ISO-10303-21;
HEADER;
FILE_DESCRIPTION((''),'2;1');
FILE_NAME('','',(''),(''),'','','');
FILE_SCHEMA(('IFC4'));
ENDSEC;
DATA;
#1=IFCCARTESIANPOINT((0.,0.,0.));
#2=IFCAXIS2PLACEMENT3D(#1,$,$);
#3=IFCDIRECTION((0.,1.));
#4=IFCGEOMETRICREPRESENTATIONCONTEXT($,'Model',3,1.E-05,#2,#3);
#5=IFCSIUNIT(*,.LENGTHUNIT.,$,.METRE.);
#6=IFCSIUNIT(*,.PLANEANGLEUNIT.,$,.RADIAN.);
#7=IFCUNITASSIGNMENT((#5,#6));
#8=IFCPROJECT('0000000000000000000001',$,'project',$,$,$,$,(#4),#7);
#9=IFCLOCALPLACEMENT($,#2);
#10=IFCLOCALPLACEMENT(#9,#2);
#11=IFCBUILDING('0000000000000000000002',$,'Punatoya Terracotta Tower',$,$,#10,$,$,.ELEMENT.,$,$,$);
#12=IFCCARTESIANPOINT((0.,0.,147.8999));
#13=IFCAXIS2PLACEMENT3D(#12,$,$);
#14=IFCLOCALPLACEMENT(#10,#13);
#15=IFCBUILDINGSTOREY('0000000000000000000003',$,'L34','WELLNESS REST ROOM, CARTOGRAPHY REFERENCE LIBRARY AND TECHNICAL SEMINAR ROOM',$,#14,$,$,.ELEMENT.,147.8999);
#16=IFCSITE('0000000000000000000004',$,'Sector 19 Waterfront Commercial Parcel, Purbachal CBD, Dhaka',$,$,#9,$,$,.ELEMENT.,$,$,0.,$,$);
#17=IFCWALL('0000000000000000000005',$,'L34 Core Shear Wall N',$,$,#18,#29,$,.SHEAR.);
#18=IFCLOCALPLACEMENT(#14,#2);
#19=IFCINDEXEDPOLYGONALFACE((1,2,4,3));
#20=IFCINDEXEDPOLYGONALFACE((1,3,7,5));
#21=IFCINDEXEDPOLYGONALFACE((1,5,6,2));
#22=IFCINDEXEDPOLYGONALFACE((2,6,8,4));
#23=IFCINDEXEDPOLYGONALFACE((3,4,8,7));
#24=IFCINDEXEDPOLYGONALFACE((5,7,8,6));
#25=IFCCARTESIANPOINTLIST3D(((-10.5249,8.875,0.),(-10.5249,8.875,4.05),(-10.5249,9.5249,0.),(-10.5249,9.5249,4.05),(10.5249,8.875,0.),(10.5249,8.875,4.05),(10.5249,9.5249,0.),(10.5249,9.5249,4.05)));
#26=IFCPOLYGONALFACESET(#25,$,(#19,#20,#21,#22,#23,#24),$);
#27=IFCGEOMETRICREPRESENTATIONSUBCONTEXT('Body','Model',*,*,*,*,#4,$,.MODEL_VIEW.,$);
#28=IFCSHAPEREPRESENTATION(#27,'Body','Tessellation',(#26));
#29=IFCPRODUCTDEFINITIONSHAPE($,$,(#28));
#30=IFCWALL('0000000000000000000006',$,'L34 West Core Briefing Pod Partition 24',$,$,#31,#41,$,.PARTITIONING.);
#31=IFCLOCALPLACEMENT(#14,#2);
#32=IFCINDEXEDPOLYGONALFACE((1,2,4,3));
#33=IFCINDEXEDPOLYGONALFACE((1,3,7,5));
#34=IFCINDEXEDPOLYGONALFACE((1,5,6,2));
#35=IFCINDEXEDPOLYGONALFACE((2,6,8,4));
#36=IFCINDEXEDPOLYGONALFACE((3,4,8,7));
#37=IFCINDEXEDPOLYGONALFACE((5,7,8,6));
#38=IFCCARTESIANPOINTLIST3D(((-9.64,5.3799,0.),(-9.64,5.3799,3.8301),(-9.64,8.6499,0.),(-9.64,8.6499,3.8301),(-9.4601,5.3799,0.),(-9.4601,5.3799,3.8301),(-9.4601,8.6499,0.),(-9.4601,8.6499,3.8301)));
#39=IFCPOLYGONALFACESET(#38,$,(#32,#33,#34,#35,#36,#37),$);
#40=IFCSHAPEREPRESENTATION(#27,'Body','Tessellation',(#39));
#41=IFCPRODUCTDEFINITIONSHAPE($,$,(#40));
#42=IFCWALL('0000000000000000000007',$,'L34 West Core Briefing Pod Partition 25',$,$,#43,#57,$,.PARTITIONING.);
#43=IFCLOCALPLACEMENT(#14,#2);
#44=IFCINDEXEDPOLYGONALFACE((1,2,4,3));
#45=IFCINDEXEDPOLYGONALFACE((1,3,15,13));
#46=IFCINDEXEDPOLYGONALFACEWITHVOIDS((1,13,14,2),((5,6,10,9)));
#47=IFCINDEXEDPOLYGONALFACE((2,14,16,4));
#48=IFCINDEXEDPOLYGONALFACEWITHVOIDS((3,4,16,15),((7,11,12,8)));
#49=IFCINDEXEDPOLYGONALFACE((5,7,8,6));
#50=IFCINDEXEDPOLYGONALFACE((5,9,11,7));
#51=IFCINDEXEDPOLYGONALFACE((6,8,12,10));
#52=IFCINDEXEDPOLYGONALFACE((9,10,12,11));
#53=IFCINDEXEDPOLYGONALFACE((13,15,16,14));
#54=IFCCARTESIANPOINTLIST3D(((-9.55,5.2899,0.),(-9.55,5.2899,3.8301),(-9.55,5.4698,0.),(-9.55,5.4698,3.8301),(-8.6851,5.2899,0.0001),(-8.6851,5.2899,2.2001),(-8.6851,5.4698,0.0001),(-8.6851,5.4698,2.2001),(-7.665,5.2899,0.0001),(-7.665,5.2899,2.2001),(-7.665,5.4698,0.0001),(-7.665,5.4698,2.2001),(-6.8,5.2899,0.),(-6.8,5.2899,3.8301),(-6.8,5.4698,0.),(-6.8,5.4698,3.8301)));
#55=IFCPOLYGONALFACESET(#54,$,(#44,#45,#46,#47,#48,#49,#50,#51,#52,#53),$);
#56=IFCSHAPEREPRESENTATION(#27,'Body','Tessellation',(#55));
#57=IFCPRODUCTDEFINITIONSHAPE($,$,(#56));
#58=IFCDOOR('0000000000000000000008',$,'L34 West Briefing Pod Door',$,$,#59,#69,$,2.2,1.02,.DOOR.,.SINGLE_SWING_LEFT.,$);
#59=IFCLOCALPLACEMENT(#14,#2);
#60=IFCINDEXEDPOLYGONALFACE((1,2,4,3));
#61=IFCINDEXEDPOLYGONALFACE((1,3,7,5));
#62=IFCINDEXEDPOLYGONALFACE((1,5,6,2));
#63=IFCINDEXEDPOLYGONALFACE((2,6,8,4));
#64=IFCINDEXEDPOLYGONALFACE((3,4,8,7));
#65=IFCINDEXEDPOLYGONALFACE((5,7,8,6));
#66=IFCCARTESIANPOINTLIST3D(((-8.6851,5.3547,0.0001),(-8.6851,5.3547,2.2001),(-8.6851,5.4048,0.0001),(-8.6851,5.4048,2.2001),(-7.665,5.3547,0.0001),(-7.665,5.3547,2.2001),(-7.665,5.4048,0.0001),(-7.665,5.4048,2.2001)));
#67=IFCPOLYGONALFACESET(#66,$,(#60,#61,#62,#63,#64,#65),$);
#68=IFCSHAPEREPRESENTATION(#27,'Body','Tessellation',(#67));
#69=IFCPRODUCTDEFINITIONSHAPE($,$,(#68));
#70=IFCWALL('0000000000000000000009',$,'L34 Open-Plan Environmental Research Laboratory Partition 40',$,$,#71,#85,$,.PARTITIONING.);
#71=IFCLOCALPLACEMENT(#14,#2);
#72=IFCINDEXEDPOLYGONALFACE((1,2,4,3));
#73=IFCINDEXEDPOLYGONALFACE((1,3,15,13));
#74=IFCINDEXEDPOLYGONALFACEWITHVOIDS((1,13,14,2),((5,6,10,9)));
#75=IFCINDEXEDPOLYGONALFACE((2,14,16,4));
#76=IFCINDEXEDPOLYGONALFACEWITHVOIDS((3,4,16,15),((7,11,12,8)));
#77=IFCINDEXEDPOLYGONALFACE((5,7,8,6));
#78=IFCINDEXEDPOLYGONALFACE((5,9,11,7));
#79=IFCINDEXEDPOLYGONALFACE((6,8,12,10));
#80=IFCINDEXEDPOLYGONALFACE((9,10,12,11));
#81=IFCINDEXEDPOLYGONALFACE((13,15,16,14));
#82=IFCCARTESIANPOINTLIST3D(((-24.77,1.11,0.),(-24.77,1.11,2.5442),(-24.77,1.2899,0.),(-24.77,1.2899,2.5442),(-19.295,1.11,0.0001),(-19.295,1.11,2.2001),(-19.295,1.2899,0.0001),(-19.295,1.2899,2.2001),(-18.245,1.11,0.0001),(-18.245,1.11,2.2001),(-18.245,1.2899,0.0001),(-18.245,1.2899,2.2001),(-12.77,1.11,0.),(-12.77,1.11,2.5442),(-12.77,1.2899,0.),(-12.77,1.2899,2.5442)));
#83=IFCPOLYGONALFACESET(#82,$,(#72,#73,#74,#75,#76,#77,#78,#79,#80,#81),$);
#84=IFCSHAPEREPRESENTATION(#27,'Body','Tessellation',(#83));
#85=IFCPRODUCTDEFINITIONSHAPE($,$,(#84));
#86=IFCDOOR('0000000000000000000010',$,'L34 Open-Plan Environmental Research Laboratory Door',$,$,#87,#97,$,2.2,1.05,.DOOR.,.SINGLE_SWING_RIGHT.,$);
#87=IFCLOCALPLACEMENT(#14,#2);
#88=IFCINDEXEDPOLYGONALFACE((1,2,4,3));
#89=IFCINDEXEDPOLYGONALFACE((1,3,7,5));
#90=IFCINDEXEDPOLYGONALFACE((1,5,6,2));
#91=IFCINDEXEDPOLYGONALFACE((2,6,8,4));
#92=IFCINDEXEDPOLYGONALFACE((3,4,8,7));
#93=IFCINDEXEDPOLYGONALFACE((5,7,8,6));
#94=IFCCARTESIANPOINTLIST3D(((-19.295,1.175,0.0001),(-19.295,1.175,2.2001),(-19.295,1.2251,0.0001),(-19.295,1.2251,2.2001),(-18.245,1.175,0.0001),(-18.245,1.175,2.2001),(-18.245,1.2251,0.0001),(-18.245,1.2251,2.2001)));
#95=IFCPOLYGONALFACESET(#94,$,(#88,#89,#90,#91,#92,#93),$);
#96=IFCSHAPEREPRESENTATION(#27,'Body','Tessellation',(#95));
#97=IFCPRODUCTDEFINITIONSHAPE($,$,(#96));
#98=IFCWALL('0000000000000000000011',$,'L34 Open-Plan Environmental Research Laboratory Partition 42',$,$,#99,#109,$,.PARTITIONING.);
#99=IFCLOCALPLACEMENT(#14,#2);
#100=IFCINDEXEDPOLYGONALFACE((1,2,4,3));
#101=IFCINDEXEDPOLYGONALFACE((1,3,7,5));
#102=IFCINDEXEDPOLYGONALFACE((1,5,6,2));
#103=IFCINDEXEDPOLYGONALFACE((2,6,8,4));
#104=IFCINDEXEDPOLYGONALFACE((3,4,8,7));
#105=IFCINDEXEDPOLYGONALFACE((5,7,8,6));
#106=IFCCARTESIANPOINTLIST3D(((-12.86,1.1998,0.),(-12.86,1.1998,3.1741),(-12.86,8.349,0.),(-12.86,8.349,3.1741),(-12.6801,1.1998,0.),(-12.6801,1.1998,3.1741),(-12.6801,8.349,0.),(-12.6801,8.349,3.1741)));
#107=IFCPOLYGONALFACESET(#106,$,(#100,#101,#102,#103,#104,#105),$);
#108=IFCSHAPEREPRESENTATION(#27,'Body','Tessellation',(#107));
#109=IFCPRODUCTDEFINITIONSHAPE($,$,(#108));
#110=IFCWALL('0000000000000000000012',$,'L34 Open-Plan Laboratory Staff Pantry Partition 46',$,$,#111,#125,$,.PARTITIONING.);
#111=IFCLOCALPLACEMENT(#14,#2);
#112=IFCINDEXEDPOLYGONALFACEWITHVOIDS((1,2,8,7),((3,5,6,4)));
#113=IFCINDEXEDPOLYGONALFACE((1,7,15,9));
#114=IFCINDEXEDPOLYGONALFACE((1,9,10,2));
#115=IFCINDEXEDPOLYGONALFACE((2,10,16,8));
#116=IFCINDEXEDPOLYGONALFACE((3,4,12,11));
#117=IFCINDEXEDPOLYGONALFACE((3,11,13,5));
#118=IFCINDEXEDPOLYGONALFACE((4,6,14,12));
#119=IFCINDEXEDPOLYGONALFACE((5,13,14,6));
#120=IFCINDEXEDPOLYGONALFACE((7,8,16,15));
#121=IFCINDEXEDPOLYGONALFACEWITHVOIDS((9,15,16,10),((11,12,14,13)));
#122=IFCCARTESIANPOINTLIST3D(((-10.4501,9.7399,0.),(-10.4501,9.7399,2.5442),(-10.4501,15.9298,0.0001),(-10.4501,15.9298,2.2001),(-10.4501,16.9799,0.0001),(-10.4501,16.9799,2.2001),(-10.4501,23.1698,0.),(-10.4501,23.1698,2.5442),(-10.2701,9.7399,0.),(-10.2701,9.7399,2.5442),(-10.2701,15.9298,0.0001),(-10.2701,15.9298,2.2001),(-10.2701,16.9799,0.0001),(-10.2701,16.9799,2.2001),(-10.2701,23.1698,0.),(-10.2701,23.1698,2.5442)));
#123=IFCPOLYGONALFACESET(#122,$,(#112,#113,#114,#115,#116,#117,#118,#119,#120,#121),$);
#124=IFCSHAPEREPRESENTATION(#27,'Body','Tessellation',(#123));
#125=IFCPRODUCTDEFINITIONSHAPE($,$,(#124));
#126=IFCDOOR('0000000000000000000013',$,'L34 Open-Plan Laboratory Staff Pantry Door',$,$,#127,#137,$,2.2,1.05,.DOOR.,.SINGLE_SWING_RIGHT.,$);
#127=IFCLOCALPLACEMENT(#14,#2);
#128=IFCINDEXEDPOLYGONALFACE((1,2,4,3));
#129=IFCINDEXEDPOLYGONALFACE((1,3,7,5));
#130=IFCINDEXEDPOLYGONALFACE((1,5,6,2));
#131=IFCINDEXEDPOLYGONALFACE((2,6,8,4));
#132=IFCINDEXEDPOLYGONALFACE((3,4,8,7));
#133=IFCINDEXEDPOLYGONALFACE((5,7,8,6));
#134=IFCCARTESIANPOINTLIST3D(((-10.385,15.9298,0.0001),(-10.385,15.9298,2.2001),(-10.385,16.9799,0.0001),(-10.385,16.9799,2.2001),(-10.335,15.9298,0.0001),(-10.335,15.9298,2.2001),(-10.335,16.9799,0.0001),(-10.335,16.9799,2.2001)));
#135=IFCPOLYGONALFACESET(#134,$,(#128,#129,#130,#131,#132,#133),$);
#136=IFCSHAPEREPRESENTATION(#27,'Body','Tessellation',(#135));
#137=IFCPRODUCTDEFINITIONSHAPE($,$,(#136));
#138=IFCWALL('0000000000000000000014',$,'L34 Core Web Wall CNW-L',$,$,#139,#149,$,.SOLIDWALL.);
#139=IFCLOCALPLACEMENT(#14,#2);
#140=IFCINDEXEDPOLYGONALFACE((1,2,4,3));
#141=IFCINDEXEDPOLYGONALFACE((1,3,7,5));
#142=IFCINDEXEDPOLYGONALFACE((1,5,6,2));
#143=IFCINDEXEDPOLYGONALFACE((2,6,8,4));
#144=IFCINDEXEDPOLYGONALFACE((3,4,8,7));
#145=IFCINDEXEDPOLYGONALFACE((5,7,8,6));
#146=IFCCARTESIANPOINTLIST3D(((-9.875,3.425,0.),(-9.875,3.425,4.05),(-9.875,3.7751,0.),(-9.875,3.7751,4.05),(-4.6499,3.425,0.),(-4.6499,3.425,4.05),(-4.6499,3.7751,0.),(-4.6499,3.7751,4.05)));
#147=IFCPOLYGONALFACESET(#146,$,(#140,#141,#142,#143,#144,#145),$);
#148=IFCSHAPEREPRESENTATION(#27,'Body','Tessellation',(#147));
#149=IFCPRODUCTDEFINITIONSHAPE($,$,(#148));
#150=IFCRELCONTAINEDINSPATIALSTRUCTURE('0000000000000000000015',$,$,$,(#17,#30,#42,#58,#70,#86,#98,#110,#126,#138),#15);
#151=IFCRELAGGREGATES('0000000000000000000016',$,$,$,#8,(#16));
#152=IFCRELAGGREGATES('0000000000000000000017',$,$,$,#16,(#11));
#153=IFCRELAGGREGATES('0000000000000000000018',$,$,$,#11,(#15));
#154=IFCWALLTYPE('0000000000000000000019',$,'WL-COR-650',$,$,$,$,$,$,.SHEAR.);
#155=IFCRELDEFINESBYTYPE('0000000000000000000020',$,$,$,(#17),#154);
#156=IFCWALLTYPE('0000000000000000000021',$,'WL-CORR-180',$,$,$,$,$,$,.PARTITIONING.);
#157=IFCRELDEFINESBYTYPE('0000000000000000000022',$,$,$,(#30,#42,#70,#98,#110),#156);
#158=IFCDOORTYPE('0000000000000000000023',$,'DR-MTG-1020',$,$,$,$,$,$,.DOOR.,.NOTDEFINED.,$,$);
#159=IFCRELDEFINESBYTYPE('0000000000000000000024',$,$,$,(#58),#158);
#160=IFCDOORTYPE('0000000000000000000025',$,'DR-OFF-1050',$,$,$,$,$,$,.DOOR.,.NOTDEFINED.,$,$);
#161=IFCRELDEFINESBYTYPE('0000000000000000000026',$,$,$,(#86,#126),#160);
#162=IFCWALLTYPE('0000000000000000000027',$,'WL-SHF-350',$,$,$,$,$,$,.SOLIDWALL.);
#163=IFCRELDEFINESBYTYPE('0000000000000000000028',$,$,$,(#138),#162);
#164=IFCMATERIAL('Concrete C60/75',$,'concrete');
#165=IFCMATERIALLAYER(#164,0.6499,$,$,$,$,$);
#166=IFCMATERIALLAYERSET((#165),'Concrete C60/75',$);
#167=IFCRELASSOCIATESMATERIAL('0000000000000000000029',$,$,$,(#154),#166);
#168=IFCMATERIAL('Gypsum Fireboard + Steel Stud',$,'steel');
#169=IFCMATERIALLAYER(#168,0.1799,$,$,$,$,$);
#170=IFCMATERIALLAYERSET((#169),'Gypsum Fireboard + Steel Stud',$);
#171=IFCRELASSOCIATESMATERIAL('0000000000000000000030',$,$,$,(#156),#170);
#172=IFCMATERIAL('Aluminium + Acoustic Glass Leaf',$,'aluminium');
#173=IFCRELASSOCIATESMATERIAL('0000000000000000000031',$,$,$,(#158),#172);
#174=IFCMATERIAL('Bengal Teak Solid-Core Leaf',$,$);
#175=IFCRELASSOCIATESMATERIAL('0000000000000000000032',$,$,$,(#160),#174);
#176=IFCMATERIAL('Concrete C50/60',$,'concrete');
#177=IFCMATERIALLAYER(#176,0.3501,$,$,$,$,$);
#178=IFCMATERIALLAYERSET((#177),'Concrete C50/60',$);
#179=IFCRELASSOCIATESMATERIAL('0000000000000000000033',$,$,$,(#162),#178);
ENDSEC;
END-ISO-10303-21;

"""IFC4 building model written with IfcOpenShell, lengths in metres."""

from ifc_helpers import new_model, si_unit, direction, frame, frame_2d, origin, place, context, subcontext, project, spatial, rectangle, extrude, material, layer, layer_set, type_object, element, fill, save


model = new_model("IFC4")

# Units and contexts
model_context = context("Model", 3, precision=1e-05, world=origin(), true_north=direction((0.0, 1.0)))
body_context = subcontext(model_context, "Body", "Model", "MODEL_VIEW")
ifc_project = project(units=[si_unit("LENGTHUNIT", "METRE"), si_unit("PLANEANGLEUNIT", "RADIAN")], contexts=[model_context])

# Site, building, storey
site_placement = place(None, origin())
site = spatial("IfcSite", under=ifc_project, at=site_placement, Name="Sector 19 Waterfront Commercial Parcel, Purbachal CBD, Dhaka", CompositionType="ELEMENT", RefElevation=0.0)
building_placement = place(site_placement, origin())
building = spatial("IfcBuilding", under=site, at=building_placement, Name="Punatoya Terracotta Tower", CompositionType="ELEMENT")
storey_placement = place(building_placement, frame((0.0, 0.0, 147.8999)))
storey = spatial("IfcBuildingStorey", under=building, at=storey_placement, Name="L34", Description="WELLNESS REST ROOM, CARTOGRAPHY REFERENCE LIBRARY AND TECHNICAL SEMINAR ROOM", CompositionType="ELEMENT", Elevation=147.8999)

# Walls
ifc_material_1 = material(Name="Concrete C60/75", Category="concrete")
ifc_layer_1 = layer(ifc_material_1, 0.6499)
ifc_layer_set_1 = layer_set([ifc_layer_1], Name="Concrete C60/75")
wall_type_1 = type_object("IfcWallType", Name="WL-COR-650", PredefinedType="SHEAR", material=ifc_layer_set_1)
wall_1_placement = place(storey_placement, frame((-10.5249, 9.2, 0.0), z_axis=(0.0, 0.0, 1.0), x_axis=(1.0, 0.0, 0.0)))
element("IfcWall", 1, at=wall_1_placement, inside=storey, type_object=wall_type_1, Name="L34 Core Shear Wall N", PredefinedType="SHEAR", context=body_context, shape_type="SweptSolid", body=[
    extrude(rectangle(XDim=21.0498, YDim=0.6499, at=frame_2d((10.5249, 0.0))), origin(), (0.0, 0.0, 1.0), 4.05),
])
ifc_material_2 = material(Name="Gypsum Fireboard + Steel Stud", Category="steel")
ifc_layer_2 = layer(ifc_material_2, 0.1799)
ifc_layer_set_2 = layer_set([ifc_layer_2], Name="Gypsum Fireboard + Steel Stud")
wall_type_2 = type_object("IfcWallType", Name="WL-CORR-180", PredefinedType="PARTITIONING", material=ifc_layer_set_2)
wall_2_placement = place(storey_placement, frame((-9.55, 8.6499, 0.0), z_axis=(0.0, 0.0, 1.0), x_axis=(0.0, -1.0, 0.0)))
element("IfcWall", 2, at=wall_2_placement, inside=storey, type_object=wall_type_2, Name="L34 West Core Briefing Pod Partition 24", PredefinedType="PARTITIONING", context=body_context, shape_type="SweptSolid", body=[
    extrude(rectangle(XDim=3.27, YDim=0.1799, at=frame_2d((1.635, 0.0))), origin(), (0.0, 0.0, 1.0), 3.8301),
])

# Walls, openings, doors
wall_3_placement = place(storey_placement, frame((-9.55, 5.3799, 0.0), z_axis=(0.0, 0.0, 1.0), x_axis=(1.0, 0.0, 0.0)))
wall_3 = element("IfcWall", 3, at=wall_3_placement, inside=storey, type_object=wall_type_2, Name="L34 West Core Briefing Pod Partition 25", PredefinedType="PARTITIONING", context=body_context, shape_type="SweptSolid", body=[
    extrude(rectangle(XDim=2.75, YDim=0.1799, at=frame_2d((1.375, 0.0))), origin(), (0.0, 0.0, 1.0), 3.8301),
])
opening_1_placement = place(wall_3_placement, frame((0.865, 0.0, 0.0)))
opening_1 = element("IfcOpeningElement", 4, at=opening_1_placement, cuts=wall_3, PredefinedType="OPENING", context=body_context, shape_type="SweptSolid", body=[
    extrude(rectangle(XDim=1.02, YDim=2.2, at=frame_2d((0.51, 1.1001))), frame((0.0, 0.0999, 0.0), z_axis=(0.0, -1.0, 0.0), x_axis=(1.0, 0.0, 0.0)), (0.0, 0.0, 1.0), 0.2),
])
ifc_material_3 = material(Name="Aluminium + Acoustic Glass Leaf", Category="aluminium")
door_type_1 = type_object("IfcDoorType", Name="DR-MTG-1020", OperationType="NOTDEFINED", PredefinedType="DOOR", material=ifc_material_3)
door_1_placement = place(opening_1_placement, origin())
door_1 = element("IfcDoor", 5, at=door_1_placement, inside=storey, type_object=door_type_1, Name="L34 West Briefing Pod Door", OperationType="SINGLE_SWING_LEFT", OverallHeight=2.2, OverallWidth=1.02, PredefinedType="DOOR", context=body_context, shape_type="SweptSolid", body=[
    extrude(rectangle(XDim=1.02, YDim=2.2, at=frame_2d((0.51, 1.1001))), frame((0.0, 0.0249, 0.0), z_axis=(0.0, -1.0, 0.0), x_axis=(1.0, 0.0, 0.0)), (0.0, 0.0, 1.0), 0.05),
])
fill(opening_1, door_1)
wall_4_placement = place(storey_placement, frame((-12.77, 1.2, 0.0), z_axis=(0.0, 0.0, 1.0), x_axis=(-1.0, 0.0, 0.0)))
wall_4 = element("IfcWall", 6, at=wall_4_placement, inside=storey, type_object=wall_type_2, Name="L34 Open-Plan Environmental Research Laboratory Partition 40", PredefinedType="PARTITIONING", context=body_context, shape_type="SweptSolid", body=[
    extrude(rectangle(XDim=12.0, YDim=0.1799, at=frame_2d((6.0, 0.0))), origin(), (0.0, 0.0, 1.0), 2.5442),
])
opening_2_placement = place(wall_4_placement, frame((5.4751, 0.0, 0.0)))
opening_2 = element("IfcOpeningElement", 7, at=opening_2_placement, cuts=wall_4, PredefinedType="OPENING", context=body_context, shape_type="SweptSolid", body=[
    extrude(rectangle(XDim=1.05, YDim=2.2, at=frame_2d((0.5249, 1.1001))), frame((0.0, 0.0999, 0.0), z_axis=(0.0, -1.0, 0.0), x_axis=(1.0, 0.0, 0.0)), (0.0, 0.0, 1.0), 0.2),
])
ifc_material_4 = material(Name="Bengal Teak Solid-Core Leaf")
door_type_2 = type_object("IfcDoorType", Name="DR-OFF-1050", OperationType="NOTDEFINED", PredefinedType="DOOR", material=ifc_material_4)
door_2_placement = place(opening_2_placement, origin())
door_2 = element("IfcDoor", 8, at=door_2_placement, inside=storey, type_object=door_type_2, Name="L34 Open-Plan Environmental Research Laboratory Door", OperationType="SINGLE_SWING_RIGHT", OverallHeight=2.2, OverallWidth=1.05, PredefinedType="DOOR", context=body_context, shape_type="SweptSolid", body=[
    extrude(rectangle(XDim=1.05, YDim=2.2, at=frame_2d((0.5249, 1.1001))), frame((0.0, 0.0249, 0.0), z_axis=(0.0, -1.0, 0.0), x_axis=(1.0, 0.0, 0.0)), (0.0, 0.0, 1.0), 0.05),
])
fill(opening_2, door_2)

# Wall
wall_5_placement = place(storey_placement, frame((-12.77, 8.3491, 0.0), z_axis=(0.0, 0.0, 1.0), x_axis=(0.0, -1.0, 0.0)))
element("IfcWall", 9, at=wall_5_placement, inside=storey, type_object=wall_type_2, Name="L34 Open-Plan Environmental Research Laboratory Partition 42", PredefinedType="PARTITIONING", context=body_context, shape_type="SweptSolid", body=[
    extrude(rectangle(XDim=7.1492, YDim=0.1799, at=frame_2d((3.5747, 0.0))), origin(), (0.0, 0.0, 1.0), 3.1741),
])

# Wall, opening, door
wall_6_placement = place(storey_placement, frame((-10.3601, 9.74, 0.0), z_axis=(0.0, 0.0, 1.0), x_axis=(0.0, 1.0, 0.0)))
wall_6 = element("IfcWall", 10, at=wall_6_placement, inside=storey, type_object=wall_type_2, Name="L34 Open-Plan Laboratory Staff Pantry Partition 46", PredefinedType="PARTITIONING", context=body_context, shape_type="SweptSolid", body=[
    extrude(rectangle(XDim=13.4299, YDim=0.1799, at=frame_2d((6.7148, 0.0))), origin(), (0.0, 0.0, 1.0), 2.5442),
])
opening_3_placement = place(wall_6_placement, frame((6.1899, 0.0, 0.0)))
opening_3 = element("IfcOpeningElement", 11, at=opening_3_placement, cuts=wall_6, PredefinedType="OPENING", context=body_context, shape_type="SweptSolid", body=[
    extrude(rectangle(XDim=1.05, YDim=2.2, at=frame_2d((0.5249, 1.1001))), frame((0.0, 0.0999, 0.0), z_axis=(0.0, -1.0, 0.0), x_axis=(1.0, 0.0, 0.0)), (0.0, 0.0, 1.0), 0.2),
])
door_3_placement = place(opening_3_placement, origin())
door_3 = element("IfcDoor", 12, at=door_3_placement, inside=storey, type_object=door_type_2, Name="L34 Open-Plan Laboratory Staff Pantry Door", OperationType="SINGLE_SWING_RIGHT", OverallHeight=2.2, OverallWidth=1.05, PredefinedType="DOOR", context=body_context, shape_type="SweptSolid", body=[
    extrude(rectangle(XDim=1.05, YDim=2.2, at=frame_2d((0.5249, 1.1001))), frame((0.0, 0.0249, 0.0), z_axis=(0.0, -1.0, 0.0), x_axis=(1.0, 0.0, 0.0)), (0.0, 0.0, 1.0), 0.05),
])
fill(opening_3, door_3)

# Wall
ifc_material_5 = material(Name="Concrete C50/60", Category="concrete")
ifc_layer_3 = layer(ifc_material_5, 0.3501)
ifc_layer_set_3 = layer_set([ifc_layer_3], Name="Concrete C50/60")
wall_type_3 = type_object("IfcWallType", Name="WL-SHF-350", PredefinedType="SOLIDWALL", material=ifc_layer_set_3)
wall_7_placement = place(storey_placement, frame((-9.875, 3.6001, 0.0), z_axis=(0.0, 0.0, 1.0), x_axis=(1.0, 0.0, 0.0)))
element("IfcWall", 13, at=wall_7_placement, inside=storey, type_object=wall_type_3, Name="L34 Core Web Wall CNW-L", PredefinedType="SOLIDWALL", context=body_context, shape_type="SweptSolid", body=[
    extrude(rectangle(XDim=5.2251, YDim=0.3501, at=frame_2d((2.6125, 0.0))), origin(), (0.0, 0.0, 1.0), 4.05),
])

save(model, "model.ifc")
